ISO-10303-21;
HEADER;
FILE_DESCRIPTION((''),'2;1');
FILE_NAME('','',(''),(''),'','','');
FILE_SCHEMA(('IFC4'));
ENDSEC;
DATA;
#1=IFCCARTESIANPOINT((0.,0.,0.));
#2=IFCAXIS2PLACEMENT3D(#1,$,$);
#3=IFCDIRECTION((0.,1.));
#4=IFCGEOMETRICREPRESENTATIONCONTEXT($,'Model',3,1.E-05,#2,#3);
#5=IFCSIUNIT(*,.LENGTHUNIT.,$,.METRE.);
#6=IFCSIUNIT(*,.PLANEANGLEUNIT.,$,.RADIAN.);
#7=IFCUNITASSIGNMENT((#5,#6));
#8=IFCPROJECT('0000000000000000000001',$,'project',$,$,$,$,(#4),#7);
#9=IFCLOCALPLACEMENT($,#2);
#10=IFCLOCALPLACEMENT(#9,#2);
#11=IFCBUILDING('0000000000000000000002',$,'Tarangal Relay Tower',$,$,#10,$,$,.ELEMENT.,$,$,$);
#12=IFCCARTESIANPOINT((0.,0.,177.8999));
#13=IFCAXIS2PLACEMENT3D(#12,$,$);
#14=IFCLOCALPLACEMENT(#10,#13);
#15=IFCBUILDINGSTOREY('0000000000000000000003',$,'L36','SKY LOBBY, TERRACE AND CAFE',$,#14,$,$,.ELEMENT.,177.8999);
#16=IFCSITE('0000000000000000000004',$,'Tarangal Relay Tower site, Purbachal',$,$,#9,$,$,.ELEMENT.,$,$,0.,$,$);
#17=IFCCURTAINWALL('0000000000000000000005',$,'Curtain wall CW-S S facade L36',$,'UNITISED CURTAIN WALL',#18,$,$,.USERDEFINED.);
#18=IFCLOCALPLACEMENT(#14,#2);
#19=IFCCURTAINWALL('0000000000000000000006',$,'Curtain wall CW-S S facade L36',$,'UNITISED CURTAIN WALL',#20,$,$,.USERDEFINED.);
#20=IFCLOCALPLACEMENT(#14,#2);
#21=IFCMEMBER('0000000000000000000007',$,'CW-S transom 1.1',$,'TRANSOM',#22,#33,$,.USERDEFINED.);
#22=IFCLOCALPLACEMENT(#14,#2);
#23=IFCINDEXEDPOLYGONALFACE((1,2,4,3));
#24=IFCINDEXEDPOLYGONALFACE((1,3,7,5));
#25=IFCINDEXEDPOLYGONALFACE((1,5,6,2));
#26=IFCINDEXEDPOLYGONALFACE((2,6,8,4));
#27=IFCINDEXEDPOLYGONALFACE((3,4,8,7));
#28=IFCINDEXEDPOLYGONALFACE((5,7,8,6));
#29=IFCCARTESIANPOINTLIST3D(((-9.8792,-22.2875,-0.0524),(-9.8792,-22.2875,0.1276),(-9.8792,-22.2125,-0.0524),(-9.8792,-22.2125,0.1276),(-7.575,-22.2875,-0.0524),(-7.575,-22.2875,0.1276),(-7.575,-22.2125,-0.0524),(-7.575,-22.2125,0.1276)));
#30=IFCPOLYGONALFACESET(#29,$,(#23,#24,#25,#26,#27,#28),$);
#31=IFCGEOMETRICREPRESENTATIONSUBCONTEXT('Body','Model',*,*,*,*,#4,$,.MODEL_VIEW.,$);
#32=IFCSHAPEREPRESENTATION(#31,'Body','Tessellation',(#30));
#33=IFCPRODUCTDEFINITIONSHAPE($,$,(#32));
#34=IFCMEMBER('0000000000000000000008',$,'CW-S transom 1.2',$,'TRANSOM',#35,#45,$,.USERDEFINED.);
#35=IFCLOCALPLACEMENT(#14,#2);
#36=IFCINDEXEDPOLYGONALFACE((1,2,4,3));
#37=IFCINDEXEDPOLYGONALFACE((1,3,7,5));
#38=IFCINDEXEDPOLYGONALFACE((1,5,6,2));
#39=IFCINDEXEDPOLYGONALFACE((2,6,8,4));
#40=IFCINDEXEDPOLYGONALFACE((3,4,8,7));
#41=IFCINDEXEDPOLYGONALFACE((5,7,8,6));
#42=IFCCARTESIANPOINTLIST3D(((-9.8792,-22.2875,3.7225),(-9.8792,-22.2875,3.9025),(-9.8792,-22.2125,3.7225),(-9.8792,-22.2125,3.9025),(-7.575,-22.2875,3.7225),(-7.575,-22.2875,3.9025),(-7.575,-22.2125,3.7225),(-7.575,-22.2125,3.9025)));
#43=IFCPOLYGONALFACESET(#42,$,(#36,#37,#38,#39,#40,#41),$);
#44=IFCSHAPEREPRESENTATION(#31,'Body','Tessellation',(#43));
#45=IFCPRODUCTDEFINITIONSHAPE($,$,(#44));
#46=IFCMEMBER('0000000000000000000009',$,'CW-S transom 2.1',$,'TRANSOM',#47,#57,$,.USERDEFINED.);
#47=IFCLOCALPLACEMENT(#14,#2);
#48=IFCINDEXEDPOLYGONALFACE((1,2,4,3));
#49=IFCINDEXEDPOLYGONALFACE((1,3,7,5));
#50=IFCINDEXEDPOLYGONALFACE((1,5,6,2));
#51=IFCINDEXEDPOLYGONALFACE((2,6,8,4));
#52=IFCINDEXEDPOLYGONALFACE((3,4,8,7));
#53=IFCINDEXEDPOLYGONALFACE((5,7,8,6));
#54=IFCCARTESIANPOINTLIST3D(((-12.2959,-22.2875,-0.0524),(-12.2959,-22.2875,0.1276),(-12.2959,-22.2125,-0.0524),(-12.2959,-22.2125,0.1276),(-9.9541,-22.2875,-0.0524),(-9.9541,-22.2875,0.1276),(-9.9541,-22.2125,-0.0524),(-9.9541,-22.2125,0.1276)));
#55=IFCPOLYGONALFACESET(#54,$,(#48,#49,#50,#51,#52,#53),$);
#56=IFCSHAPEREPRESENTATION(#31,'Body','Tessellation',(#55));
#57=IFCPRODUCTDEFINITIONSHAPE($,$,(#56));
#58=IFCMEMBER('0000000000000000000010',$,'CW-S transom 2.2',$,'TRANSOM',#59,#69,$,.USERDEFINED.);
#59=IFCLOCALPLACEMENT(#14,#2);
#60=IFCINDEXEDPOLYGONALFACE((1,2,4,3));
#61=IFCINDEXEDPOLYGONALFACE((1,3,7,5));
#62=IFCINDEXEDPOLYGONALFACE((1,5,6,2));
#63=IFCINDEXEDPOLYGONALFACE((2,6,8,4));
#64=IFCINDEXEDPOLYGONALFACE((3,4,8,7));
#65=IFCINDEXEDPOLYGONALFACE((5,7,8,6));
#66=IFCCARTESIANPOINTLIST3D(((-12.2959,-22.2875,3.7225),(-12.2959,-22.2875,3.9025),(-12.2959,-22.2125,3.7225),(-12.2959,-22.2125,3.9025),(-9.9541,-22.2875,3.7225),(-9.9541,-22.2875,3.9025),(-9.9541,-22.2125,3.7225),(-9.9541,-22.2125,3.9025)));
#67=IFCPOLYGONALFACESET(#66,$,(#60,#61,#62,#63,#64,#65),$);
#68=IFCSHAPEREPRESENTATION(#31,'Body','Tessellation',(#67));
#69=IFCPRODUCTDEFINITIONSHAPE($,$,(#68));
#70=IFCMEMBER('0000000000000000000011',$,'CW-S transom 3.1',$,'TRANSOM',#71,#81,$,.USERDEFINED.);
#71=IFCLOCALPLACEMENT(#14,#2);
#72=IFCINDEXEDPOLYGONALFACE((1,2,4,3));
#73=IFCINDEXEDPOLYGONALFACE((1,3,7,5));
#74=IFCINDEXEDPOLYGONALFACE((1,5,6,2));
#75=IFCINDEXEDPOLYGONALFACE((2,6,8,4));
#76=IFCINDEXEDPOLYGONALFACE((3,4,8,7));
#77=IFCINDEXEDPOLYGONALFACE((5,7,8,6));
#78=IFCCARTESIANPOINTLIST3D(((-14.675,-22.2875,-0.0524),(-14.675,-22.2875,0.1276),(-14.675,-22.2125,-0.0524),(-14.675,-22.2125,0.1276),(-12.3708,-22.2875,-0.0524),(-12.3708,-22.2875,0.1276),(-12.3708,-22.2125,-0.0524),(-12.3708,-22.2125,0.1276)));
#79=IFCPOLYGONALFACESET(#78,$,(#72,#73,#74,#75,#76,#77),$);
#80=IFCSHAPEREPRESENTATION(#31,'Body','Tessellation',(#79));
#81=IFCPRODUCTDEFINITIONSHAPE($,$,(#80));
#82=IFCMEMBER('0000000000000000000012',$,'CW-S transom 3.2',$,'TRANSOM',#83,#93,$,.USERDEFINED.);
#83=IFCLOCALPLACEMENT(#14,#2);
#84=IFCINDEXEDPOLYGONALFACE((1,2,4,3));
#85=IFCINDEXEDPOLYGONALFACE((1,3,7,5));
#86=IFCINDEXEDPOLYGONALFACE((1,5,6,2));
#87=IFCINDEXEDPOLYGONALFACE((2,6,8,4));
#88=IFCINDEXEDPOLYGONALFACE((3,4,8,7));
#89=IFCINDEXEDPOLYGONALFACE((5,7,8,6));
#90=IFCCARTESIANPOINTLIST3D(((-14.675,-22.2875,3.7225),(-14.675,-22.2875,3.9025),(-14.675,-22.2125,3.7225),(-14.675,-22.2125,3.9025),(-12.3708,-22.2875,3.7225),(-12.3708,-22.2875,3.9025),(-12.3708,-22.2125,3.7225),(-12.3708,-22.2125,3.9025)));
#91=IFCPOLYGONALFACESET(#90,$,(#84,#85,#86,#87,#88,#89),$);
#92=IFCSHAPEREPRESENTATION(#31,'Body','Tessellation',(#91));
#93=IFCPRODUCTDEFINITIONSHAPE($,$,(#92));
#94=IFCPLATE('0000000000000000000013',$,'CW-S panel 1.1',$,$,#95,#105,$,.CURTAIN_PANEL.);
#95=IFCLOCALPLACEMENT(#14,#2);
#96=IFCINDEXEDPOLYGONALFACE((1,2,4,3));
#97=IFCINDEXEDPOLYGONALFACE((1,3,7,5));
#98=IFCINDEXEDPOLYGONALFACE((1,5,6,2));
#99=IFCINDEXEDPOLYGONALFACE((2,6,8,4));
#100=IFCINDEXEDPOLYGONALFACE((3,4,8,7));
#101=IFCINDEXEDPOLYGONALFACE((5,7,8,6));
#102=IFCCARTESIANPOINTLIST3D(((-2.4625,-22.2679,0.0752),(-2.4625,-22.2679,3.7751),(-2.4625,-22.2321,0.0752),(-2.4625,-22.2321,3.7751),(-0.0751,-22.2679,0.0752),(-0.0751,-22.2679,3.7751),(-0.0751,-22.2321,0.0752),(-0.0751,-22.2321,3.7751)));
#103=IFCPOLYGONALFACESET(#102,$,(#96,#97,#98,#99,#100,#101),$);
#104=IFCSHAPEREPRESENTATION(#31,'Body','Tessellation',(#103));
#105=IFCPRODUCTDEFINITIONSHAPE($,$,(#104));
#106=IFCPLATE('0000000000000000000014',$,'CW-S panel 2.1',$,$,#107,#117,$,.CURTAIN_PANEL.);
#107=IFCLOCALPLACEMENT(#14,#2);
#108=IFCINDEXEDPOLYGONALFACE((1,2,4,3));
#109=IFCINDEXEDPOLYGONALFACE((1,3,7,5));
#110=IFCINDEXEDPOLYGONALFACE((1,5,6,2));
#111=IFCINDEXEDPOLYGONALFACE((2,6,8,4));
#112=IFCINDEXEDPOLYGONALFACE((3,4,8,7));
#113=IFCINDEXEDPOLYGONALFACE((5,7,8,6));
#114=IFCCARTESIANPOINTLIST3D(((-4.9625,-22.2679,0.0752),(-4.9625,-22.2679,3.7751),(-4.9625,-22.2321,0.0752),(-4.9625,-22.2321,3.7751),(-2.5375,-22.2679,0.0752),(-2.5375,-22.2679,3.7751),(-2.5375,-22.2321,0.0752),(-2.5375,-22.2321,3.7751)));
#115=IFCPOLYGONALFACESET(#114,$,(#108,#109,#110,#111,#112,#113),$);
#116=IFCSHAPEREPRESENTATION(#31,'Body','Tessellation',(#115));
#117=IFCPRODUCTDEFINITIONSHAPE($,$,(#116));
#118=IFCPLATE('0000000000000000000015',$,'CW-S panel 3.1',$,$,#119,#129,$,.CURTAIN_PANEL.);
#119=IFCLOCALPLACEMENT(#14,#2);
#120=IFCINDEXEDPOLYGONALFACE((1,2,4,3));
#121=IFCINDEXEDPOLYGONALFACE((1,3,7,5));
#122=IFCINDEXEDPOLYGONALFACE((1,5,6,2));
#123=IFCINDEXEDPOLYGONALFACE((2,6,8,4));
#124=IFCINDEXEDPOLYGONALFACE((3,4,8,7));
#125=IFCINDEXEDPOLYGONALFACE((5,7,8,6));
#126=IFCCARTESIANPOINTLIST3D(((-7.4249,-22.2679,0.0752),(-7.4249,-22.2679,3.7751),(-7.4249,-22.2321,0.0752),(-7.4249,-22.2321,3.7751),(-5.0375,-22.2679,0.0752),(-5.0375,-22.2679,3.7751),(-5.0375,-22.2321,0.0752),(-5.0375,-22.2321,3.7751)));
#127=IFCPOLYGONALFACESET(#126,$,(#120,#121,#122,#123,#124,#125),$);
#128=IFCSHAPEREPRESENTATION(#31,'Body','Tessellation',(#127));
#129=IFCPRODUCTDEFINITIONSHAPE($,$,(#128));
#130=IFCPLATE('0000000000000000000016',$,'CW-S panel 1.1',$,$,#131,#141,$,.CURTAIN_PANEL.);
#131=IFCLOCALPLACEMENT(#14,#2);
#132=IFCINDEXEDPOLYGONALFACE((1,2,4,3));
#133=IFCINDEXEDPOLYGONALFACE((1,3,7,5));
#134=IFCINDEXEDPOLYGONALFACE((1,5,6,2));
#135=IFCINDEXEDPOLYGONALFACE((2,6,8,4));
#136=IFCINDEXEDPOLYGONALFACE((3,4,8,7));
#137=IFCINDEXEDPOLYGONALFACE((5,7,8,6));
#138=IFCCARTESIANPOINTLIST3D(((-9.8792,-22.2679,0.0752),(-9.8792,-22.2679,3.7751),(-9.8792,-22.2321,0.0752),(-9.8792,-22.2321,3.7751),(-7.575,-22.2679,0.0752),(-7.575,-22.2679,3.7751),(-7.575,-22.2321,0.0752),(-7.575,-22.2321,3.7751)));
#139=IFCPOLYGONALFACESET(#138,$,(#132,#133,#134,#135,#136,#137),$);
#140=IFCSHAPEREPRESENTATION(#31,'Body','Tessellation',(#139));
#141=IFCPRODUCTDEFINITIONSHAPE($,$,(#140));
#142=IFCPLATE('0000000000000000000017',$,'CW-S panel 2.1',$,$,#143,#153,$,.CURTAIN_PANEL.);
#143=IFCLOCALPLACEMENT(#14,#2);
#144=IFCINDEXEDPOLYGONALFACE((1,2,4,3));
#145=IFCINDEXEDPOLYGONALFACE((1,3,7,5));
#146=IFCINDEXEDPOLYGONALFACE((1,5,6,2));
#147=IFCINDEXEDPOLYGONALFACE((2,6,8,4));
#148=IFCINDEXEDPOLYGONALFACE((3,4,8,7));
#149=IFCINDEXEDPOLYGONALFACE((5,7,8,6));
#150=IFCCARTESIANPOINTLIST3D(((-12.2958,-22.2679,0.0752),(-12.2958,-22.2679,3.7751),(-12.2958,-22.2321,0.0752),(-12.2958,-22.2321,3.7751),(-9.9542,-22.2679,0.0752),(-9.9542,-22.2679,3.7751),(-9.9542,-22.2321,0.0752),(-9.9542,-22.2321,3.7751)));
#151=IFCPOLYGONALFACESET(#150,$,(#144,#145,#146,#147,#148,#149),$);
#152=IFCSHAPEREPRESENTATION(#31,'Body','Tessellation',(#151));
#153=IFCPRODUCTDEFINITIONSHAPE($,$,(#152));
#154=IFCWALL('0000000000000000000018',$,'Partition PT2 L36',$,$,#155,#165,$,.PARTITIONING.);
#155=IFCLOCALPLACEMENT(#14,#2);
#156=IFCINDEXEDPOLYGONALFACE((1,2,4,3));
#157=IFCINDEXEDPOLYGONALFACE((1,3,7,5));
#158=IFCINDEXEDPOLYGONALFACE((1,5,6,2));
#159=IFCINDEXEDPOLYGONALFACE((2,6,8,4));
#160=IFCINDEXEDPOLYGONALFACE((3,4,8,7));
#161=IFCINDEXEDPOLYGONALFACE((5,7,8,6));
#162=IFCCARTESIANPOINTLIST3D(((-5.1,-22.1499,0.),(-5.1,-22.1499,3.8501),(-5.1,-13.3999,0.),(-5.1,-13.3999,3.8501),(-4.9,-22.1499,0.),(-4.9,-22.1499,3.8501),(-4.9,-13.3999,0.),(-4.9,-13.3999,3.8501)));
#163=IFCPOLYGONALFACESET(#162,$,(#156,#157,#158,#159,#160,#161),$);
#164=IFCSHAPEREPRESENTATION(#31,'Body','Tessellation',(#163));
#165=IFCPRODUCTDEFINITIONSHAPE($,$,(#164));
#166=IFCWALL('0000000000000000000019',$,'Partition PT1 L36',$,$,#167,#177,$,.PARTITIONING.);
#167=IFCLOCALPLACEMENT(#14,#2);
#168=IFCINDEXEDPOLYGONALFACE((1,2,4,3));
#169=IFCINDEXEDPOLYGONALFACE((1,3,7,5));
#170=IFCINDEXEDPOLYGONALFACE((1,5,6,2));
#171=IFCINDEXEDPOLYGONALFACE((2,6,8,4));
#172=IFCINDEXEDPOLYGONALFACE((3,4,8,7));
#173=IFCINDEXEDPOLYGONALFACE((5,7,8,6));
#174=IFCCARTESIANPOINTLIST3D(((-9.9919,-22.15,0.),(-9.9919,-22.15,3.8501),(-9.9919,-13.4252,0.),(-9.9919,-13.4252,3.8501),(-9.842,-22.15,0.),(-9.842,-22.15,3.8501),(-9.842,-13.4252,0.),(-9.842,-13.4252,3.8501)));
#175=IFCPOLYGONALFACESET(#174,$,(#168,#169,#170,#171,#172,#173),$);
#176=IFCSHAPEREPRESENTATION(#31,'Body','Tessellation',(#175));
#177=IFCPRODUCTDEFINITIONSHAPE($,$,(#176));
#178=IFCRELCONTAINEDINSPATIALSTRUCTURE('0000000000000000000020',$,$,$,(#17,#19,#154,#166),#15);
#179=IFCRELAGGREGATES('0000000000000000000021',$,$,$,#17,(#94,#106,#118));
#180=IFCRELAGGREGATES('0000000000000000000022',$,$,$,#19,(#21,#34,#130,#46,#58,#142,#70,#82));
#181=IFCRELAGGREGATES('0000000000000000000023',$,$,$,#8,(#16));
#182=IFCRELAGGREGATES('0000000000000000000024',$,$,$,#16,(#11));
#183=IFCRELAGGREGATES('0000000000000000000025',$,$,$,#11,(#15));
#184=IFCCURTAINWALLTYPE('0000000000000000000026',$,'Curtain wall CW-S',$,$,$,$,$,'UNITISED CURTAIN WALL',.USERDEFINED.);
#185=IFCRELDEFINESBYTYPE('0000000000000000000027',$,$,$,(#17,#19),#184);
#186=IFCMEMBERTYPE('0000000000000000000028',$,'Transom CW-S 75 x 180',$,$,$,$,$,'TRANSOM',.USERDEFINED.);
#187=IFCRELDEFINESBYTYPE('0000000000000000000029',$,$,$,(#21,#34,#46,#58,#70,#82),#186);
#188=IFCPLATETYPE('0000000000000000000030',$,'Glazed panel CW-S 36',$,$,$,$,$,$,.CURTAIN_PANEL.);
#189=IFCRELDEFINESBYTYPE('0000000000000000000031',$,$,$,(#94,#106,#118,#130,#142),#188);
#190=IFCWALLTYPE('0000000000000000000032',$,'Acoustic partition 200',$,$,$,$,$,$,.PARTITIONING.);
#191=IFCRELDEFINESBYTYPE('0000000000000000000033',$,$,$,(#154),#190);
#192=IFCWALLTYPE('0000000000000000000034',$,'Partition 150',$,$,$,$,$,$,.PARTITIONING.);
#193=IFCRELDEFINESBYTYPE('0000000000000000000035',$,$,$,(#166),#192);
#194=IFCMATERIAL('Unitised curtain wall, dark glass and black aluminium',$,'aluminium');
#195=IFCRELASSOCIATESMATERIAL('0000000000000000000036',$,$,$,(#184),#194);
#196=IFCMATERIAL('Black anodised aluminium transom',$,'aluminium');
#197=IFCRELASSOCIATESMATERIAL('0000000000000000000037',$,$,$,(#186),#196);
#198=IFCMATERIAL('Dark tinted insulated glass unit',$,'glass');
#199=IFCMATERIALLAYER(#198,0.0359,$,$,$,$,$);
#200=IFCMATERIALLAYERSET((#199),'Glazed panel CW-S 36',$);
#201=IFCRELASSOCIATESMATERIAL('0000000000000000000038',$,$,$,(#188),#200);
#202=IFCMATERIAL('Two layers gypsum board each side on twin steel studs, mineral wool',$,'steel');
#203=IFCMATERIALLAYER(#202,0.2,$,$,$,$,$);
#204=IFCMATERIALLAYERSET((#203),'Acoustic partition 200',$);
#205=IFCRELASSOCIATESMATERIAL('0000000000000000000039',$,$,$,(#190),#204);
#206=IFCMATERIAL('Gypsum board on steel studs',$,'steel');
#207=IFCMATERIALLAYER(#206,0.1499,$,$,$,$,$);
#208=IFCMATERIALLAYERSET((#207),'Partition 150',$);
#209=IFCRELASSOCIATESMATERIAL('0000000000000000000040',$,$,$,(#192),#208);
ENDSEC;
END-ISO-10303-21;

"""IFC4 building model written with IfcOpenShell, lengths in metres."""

from ifc_helpers import new_model, si_unit, direction, frame, frame_2d, origin, origin_2d, place, context, subcontext, project, spatial, rectangle, extrude, material, layer, layer_set, material_profile, profile_set, type_object, element, aggregate, save


model = new_model("IFC4")

# Units and contexts
model_context = context("Model", 3, precision=1e-05, world=origin(), true_north=direction((0.0, 1.0)))
body_context = subcontext(model_context, "Body", "Model", "MODEL_VIEW")
ifc_project = project(units=[si_unit("LENGTHUNIT", "METRE"), si_unit("PLANEANGLEUNIT", "RADIAN")], contexts=[model_context])

# Site, building, storey
site_placement = place(None, origin())
site = spatial("IfcSite", under=ifc_project, at=site_placement, Name="Tarangal Relay Tower site, Purbachal", CompositionType="ELEMENT", RefElevation=0.0)
building_placement = place(site_placement, origin())
building = spatial("IfcBuilding", under=site, at=building_placement, Name="Tarangal Relay Tower", CompositionType="ELEMENT")
storey_placement = place(building_placement, frame((0.0, 0.0, 177.8999)))
storey = spatial("IfcBuildingStorey", under=building, at=storey_placement, Name="L36", Description="SKY LOBBY, TERRACE AND CAFE", CompositionType="ELEMENT", Elevation=177.8999)

# Curtain walls
ifc_material_1 = material(Name="Unitised curtain wall, dark glass and black aluminium", Category="aluminium")
curtain_wall_type = type_object("IfcCurtainWallType", Name="Curtain wall CW-S", ElementType="UNITISED CURTAIN WALL", PredefinedType="USERDEFINED", material=ifc_material_1)
curtain_wall_1_placement = place(storey_placement, origin())
curtain_wall_1 = element("IfcCurtainWall", 1, at=curtain_wall_1_placement, inside=storey, type_object=curtain_wall_type, Name="Curtain wall CW-S S facade L36", ObjectType="UNITISED CURTAIN WALL", PredefinedType="USERDEFINED")
curtain_wall_2_placement = place(storey_placement, origin())
curtain_wall_2 = element("IfcCurtainWall", 2, at=curtain_wall_2_placement, inside=storey, type_object=curtain_wall_type, Name="Curtain wall CW-S S facade L36", ObjectType="UNITISED CURTAIN WALL", PredefinedType="USERDEFINED")

# Members
ifc_material_2 = material(Name="Black anodised aluminium transom", Category="aluminium")
ifc_material_profile_1 = material_profile(ifc_material_2, rectangle(XDim=0.075, YDim=0.1799, at=origin_2d()), Name="CW-ST 75X180")
ifc_profile_set_1 = profile_set([ifc_material_profile_1], Name="Black anodised aluminium transom")
member_type_1 = type_object("IfcMemberType", Name="Transom CW-S 75 x 180", ElementType="TRANSOM", PredefinedType="USERDEFINED", material=ifc_profile_set_1)
member_1_placement = place(storey_placement, frame((-7.575, -22.25, 0.0376), z_axis=(-1.0, 0.0, 0.0), x_axis=(0.0, -1.0, 0.0)))
member_1 = element("IfcMember", 3, at=member_1_placement, type_object=member_type_1, Name="CW-S transom 1.1", ObjectType="TRANSOM", PredefinedType="USERDEFINED", context=body_context, shape_type="SweptSolid", body=[
    extrude(rectangle(XDim=0.075, YDim=0.1799, at=origin_2d()), origin(), (0.0, 0.0, 1.0), 2.3042),
])
member_2_placement = place(storey_placement, frame((-7.575, -22.25, 3.8125), z_axis=(-1.0, 0.0, 0.0), x_axis=(0.0, -1.0, 0.0)))
member_2 = element("IfcMember", 4, at=member_2_placement, type_object=member_type_1, Name="CW-S transom 1.2", ObjectType="TRANSOM", PredefinedType="USERDEFINED", context=body_context, shape_type="SweptSolid", body=[
    extrude(rectangle(XDim=0.075, YDim=0.1799, at=origin_2d()), origin(), (0.0, 0.0, 1.0), 2.3042),
])
member_3_placement = place(storey_placement, frame((-9.9541, -22.25, 0.0376), z_axis=(-1.0, 0.0, 0.0), x_axis=(0.0, -1.0, 0.0)))
member_3 = element("IfcMember", 5, at=member_3_placement, type_object=member_type_1, Name="CW-S transom 2.1", ObjectType="TRANSOM", PredefinedType="USERDEFINED", context=body_context, shape_type="SweptSolid", body=[
    extrude(rectangle(XDim=0.075, YDim=0.1799, at=origin_2d()), origin(), (0.0, 0.0, 1.0), 2.3418),
])
member_4_placement = place(storey_placement, frame((-9.9541, -22.25, 3.8125), z_axis=(-1.0, 0.0, 0.0), x_axis=(0.0, -1.0, 0.0)))
member_4 = element("IfcMember", 6, at=member_4_placement, type_object=member_type_1, Name="CW-S transom 2.2", ObjectType="TRANSOM", PredefinedType="USERDEFINED", context=body_context, shape_type="SweptSolid", body=[
    extrude(rectangle(XDim=0.075, YDim=0.1799, at=origin_2d()), origin(), (0.0, 0.0, 1.0), 2.3418),
])
member_5_placement = place(storey_placement, frame((-12.3708, -22.25, 0.0376), z_axis=(-1.0, 0.0, 0.0), x_axis=(0.0, -1.0, 0.0)))
member_5 = element("IfcMember", 7, at=member_5_placement, type_object=member_type_1, Name="CW-S transom 3.1", ObjectType="TRANSOM", PredefinedType="USERDEFINED", context=body_context, shape_type="SweptSolid", body=[
    extrude(rectangle(XDim=0.075, YDim=0.1799, at=origin_2d()), origin(), (0.0, 0.0, 1.0), 2.3042),
])
member_6_placement = place(storey_placement, frame((-12.3708, -22.25, 3.8125), z_axis=(-1.0, 0.0, 0.0), x_axis=(0.0, -1.0, 0.0)))
member_6 = element("IfcMember", 8, at=member_6_placement, type_object=member_type_1, Name="CW-S transom 3.2", ObjectType="TRANSOM", PredefinedType="USERDEFINED", context=body_context, shape_type="SweptSolid", body=[
    extrude(rectangle(XDim=0.075, YDim=0.1799, at=origin_2d()), origin(), (0.0, 0.0, 1.0), 2.3042),
])

# Plates
ifc_material_3 = material(Name="Dark tinted insulated glass unit", Category="glass")
ifc_layer_1 = layer(ifc_material_3, 0.0359)
ifc_layer_set_1 = layer_set([ifc_layer_1], Name="Glazed panel CW-S 36")
plate_type = type_object("IfcPlateType", Name="Glazed panel CW-S 36", PredefinedType="CURTAIN_PANEL", material=ifc_layer_set_1)
plate_1_placement = place(storey_placement, frame((-1.2688, -22.25, 0.0752), z_axis=(0.0, 0.0, 1.0), x_axis=(-1.0, 0.0, 0.0)))
plate_1 = element("IfcPlate", 9, at=plate_1_placement, type_object=plate_type, Name="CW-S panel 1.1", PredefinedType="CURTAIN_PANEL", context=body_context, shape_type="SweptSolid", body=[
    extrude(rectangle(XDim=2.3875, YDim=0.0359, at=origin_2d()), origin(), (0.0, 0.0, 1.0), 3.7),
])
plate_2_placement = place(storey_placement, frame((-3.75, -22.25, 0.0752), z_axis=(0.0, 0.0, 1.0), x_axis=(-1.0, 0.0, 0.0)))
plate_2 = element("IfcPlate", 10, at=plate_2_placement, type_object=plate_type, Name="CW-S panel 2.1", PredefinedType="CURTAIN_PANEL", context=body_context, shape_type="SweptSolid", body=[
    extrude(rectangle(XDim=2.425, YDim=0.0359, at=origin_2d()), origin(), (0.0, 0.0, 1.0), 3.7),
])
plate_3_placement = place(storey_placement, frame((-6.2312, -22.25, 0.0752), z_axis=(0.0, 0.0, 1.0), x_axis=(-1.0, 0.0, 0.0)))
plate_3 = element("IfcPlate", 11, at=plate_3_placement, type_object=plate_type, Name="CW-S panel 3.1", PredefinedType="CURTAIN_PANEL", context=body_context, shape_type="SweptSolid", body=[
    extrude(rectangle(XDim=2.3875, YDim=0.0359, at=origin_2d()), origin(), (0.0, 0.0, 1.0), 3.7),
])
aggregate(curtain_wall_1, [plate_1, plate_2, plate_3])
plate_4_placement = place(storey_placement, frame((-8.7271, -22.25, 0.0752), z_axis=(0.0, 0.0, 1.0), x_axis=(-1.0, 0.0, 0.0)))
plate_4 = element("IfcPlate", 12, at=plate_4_placement, type_object=plate_type, Name="CW-S panel 1.1", PredefinedType="CURTAIN_PANEL", context=body_context, shape_type="SweptSolid", body=[
    extrude(rectangle(XDim=2.3042, YDim=0.0359, at=origin_2d()), origin(), (0.0, 0.0, 1.0), 3.7),
])
plate_5_placement = place(storey_placement, frame((-11.125, -22.25, 0.0752), z_axis=(0.0, 0.0, 1.0), x_axis=(-1.0, 0.0, 0.0)))
plate_5 = element("IfcPlate", 13, at=plate_5_placement, type_object=plate_type, Name="CW-S panel 2.1", PredefinedType="CURTAIN_PANEL", context=body_context, shape_type="SweptSolid", body=[
    extrude(rectangle(XDim=2.3416, YDim=0.0359, at=origin_2d()), origin(), (0.0, 0.0, 1.0), 3.7),
])
aggregate(curtain_wall_2, [member_1, member_2, plate_4, member_3, member_4, plate_5, member_5, member_6])

# Walls
ifc_material_4 = material(Name="Two layers gypsum board each side on twin steel studs, mineral wool", Category="steel")
ifc_layer_2 = layer(ifc_material_4, 0.2)
ifc_layer_set_2 = layer_set([ifc_layer_2], Name="Acoustic partition 200")
wall_type_1 = type_object("IfcWallType", Name="Acoustic partition 200", PredefinedType="PARTITIONING", material=ifc_layer_set_2)
wall_1_placement = place(storey_placement, frame((-5.0, -22.1499, 0.0), z_axis=(0.0, 0.0, 1.0), x_axis=(0.0, 1.0, 0.0)))
element("IfcWall", 14, at=wall_1_placement, inside=storey, type_object=wall_type_1, Name="Partition PT2 L36", PredefinedType="PARTITIONING", context=body_context, shape_type="SweptSolid", body=[
    extrude(rectangle(XDim=8.75, YDim=0.2, at=frame_2d((4.375, 0.0))), origin(), (0.0, 0.0, 1.0), 3.8501),
])
ifc_material_5 = material(Name="Gypsum board on steel studs", Category="steel")
ifc_layer_3 = layer(ifc_material_5, 0.1499)
ifc_layer_set_3 = layer_set([ifc_layer_3], Name="Partition 150")
wall_type_2 = type_object("IfcWallType", Name="Partition 150", PredefinedType="PARTITIONING", material=ifc_layer_set_3)
wall_2_placement = place(storey_placement, frame((-9.917, -22.1499, 0.0), z_axis=(0.0, 0.0, 1.0), x_axis=(0.0, 1.0, 0.0)))
element("IfcWall", 15, at=wall_2_placement, inside=storey, type_object=wall_type_2, Name="Partition PT1 L36", PredefinedType="PARTITIONING", context=body_context, shape_type="SweptSolid", body=[
    extrude(rectangle(XDim=8.7249, YDim=0.1499, at=frame_2d((4.3623, 0.0))), origin(), (0.0, 0.0, 1.0), 3.8501),
])

save(model, "model.ifc")
